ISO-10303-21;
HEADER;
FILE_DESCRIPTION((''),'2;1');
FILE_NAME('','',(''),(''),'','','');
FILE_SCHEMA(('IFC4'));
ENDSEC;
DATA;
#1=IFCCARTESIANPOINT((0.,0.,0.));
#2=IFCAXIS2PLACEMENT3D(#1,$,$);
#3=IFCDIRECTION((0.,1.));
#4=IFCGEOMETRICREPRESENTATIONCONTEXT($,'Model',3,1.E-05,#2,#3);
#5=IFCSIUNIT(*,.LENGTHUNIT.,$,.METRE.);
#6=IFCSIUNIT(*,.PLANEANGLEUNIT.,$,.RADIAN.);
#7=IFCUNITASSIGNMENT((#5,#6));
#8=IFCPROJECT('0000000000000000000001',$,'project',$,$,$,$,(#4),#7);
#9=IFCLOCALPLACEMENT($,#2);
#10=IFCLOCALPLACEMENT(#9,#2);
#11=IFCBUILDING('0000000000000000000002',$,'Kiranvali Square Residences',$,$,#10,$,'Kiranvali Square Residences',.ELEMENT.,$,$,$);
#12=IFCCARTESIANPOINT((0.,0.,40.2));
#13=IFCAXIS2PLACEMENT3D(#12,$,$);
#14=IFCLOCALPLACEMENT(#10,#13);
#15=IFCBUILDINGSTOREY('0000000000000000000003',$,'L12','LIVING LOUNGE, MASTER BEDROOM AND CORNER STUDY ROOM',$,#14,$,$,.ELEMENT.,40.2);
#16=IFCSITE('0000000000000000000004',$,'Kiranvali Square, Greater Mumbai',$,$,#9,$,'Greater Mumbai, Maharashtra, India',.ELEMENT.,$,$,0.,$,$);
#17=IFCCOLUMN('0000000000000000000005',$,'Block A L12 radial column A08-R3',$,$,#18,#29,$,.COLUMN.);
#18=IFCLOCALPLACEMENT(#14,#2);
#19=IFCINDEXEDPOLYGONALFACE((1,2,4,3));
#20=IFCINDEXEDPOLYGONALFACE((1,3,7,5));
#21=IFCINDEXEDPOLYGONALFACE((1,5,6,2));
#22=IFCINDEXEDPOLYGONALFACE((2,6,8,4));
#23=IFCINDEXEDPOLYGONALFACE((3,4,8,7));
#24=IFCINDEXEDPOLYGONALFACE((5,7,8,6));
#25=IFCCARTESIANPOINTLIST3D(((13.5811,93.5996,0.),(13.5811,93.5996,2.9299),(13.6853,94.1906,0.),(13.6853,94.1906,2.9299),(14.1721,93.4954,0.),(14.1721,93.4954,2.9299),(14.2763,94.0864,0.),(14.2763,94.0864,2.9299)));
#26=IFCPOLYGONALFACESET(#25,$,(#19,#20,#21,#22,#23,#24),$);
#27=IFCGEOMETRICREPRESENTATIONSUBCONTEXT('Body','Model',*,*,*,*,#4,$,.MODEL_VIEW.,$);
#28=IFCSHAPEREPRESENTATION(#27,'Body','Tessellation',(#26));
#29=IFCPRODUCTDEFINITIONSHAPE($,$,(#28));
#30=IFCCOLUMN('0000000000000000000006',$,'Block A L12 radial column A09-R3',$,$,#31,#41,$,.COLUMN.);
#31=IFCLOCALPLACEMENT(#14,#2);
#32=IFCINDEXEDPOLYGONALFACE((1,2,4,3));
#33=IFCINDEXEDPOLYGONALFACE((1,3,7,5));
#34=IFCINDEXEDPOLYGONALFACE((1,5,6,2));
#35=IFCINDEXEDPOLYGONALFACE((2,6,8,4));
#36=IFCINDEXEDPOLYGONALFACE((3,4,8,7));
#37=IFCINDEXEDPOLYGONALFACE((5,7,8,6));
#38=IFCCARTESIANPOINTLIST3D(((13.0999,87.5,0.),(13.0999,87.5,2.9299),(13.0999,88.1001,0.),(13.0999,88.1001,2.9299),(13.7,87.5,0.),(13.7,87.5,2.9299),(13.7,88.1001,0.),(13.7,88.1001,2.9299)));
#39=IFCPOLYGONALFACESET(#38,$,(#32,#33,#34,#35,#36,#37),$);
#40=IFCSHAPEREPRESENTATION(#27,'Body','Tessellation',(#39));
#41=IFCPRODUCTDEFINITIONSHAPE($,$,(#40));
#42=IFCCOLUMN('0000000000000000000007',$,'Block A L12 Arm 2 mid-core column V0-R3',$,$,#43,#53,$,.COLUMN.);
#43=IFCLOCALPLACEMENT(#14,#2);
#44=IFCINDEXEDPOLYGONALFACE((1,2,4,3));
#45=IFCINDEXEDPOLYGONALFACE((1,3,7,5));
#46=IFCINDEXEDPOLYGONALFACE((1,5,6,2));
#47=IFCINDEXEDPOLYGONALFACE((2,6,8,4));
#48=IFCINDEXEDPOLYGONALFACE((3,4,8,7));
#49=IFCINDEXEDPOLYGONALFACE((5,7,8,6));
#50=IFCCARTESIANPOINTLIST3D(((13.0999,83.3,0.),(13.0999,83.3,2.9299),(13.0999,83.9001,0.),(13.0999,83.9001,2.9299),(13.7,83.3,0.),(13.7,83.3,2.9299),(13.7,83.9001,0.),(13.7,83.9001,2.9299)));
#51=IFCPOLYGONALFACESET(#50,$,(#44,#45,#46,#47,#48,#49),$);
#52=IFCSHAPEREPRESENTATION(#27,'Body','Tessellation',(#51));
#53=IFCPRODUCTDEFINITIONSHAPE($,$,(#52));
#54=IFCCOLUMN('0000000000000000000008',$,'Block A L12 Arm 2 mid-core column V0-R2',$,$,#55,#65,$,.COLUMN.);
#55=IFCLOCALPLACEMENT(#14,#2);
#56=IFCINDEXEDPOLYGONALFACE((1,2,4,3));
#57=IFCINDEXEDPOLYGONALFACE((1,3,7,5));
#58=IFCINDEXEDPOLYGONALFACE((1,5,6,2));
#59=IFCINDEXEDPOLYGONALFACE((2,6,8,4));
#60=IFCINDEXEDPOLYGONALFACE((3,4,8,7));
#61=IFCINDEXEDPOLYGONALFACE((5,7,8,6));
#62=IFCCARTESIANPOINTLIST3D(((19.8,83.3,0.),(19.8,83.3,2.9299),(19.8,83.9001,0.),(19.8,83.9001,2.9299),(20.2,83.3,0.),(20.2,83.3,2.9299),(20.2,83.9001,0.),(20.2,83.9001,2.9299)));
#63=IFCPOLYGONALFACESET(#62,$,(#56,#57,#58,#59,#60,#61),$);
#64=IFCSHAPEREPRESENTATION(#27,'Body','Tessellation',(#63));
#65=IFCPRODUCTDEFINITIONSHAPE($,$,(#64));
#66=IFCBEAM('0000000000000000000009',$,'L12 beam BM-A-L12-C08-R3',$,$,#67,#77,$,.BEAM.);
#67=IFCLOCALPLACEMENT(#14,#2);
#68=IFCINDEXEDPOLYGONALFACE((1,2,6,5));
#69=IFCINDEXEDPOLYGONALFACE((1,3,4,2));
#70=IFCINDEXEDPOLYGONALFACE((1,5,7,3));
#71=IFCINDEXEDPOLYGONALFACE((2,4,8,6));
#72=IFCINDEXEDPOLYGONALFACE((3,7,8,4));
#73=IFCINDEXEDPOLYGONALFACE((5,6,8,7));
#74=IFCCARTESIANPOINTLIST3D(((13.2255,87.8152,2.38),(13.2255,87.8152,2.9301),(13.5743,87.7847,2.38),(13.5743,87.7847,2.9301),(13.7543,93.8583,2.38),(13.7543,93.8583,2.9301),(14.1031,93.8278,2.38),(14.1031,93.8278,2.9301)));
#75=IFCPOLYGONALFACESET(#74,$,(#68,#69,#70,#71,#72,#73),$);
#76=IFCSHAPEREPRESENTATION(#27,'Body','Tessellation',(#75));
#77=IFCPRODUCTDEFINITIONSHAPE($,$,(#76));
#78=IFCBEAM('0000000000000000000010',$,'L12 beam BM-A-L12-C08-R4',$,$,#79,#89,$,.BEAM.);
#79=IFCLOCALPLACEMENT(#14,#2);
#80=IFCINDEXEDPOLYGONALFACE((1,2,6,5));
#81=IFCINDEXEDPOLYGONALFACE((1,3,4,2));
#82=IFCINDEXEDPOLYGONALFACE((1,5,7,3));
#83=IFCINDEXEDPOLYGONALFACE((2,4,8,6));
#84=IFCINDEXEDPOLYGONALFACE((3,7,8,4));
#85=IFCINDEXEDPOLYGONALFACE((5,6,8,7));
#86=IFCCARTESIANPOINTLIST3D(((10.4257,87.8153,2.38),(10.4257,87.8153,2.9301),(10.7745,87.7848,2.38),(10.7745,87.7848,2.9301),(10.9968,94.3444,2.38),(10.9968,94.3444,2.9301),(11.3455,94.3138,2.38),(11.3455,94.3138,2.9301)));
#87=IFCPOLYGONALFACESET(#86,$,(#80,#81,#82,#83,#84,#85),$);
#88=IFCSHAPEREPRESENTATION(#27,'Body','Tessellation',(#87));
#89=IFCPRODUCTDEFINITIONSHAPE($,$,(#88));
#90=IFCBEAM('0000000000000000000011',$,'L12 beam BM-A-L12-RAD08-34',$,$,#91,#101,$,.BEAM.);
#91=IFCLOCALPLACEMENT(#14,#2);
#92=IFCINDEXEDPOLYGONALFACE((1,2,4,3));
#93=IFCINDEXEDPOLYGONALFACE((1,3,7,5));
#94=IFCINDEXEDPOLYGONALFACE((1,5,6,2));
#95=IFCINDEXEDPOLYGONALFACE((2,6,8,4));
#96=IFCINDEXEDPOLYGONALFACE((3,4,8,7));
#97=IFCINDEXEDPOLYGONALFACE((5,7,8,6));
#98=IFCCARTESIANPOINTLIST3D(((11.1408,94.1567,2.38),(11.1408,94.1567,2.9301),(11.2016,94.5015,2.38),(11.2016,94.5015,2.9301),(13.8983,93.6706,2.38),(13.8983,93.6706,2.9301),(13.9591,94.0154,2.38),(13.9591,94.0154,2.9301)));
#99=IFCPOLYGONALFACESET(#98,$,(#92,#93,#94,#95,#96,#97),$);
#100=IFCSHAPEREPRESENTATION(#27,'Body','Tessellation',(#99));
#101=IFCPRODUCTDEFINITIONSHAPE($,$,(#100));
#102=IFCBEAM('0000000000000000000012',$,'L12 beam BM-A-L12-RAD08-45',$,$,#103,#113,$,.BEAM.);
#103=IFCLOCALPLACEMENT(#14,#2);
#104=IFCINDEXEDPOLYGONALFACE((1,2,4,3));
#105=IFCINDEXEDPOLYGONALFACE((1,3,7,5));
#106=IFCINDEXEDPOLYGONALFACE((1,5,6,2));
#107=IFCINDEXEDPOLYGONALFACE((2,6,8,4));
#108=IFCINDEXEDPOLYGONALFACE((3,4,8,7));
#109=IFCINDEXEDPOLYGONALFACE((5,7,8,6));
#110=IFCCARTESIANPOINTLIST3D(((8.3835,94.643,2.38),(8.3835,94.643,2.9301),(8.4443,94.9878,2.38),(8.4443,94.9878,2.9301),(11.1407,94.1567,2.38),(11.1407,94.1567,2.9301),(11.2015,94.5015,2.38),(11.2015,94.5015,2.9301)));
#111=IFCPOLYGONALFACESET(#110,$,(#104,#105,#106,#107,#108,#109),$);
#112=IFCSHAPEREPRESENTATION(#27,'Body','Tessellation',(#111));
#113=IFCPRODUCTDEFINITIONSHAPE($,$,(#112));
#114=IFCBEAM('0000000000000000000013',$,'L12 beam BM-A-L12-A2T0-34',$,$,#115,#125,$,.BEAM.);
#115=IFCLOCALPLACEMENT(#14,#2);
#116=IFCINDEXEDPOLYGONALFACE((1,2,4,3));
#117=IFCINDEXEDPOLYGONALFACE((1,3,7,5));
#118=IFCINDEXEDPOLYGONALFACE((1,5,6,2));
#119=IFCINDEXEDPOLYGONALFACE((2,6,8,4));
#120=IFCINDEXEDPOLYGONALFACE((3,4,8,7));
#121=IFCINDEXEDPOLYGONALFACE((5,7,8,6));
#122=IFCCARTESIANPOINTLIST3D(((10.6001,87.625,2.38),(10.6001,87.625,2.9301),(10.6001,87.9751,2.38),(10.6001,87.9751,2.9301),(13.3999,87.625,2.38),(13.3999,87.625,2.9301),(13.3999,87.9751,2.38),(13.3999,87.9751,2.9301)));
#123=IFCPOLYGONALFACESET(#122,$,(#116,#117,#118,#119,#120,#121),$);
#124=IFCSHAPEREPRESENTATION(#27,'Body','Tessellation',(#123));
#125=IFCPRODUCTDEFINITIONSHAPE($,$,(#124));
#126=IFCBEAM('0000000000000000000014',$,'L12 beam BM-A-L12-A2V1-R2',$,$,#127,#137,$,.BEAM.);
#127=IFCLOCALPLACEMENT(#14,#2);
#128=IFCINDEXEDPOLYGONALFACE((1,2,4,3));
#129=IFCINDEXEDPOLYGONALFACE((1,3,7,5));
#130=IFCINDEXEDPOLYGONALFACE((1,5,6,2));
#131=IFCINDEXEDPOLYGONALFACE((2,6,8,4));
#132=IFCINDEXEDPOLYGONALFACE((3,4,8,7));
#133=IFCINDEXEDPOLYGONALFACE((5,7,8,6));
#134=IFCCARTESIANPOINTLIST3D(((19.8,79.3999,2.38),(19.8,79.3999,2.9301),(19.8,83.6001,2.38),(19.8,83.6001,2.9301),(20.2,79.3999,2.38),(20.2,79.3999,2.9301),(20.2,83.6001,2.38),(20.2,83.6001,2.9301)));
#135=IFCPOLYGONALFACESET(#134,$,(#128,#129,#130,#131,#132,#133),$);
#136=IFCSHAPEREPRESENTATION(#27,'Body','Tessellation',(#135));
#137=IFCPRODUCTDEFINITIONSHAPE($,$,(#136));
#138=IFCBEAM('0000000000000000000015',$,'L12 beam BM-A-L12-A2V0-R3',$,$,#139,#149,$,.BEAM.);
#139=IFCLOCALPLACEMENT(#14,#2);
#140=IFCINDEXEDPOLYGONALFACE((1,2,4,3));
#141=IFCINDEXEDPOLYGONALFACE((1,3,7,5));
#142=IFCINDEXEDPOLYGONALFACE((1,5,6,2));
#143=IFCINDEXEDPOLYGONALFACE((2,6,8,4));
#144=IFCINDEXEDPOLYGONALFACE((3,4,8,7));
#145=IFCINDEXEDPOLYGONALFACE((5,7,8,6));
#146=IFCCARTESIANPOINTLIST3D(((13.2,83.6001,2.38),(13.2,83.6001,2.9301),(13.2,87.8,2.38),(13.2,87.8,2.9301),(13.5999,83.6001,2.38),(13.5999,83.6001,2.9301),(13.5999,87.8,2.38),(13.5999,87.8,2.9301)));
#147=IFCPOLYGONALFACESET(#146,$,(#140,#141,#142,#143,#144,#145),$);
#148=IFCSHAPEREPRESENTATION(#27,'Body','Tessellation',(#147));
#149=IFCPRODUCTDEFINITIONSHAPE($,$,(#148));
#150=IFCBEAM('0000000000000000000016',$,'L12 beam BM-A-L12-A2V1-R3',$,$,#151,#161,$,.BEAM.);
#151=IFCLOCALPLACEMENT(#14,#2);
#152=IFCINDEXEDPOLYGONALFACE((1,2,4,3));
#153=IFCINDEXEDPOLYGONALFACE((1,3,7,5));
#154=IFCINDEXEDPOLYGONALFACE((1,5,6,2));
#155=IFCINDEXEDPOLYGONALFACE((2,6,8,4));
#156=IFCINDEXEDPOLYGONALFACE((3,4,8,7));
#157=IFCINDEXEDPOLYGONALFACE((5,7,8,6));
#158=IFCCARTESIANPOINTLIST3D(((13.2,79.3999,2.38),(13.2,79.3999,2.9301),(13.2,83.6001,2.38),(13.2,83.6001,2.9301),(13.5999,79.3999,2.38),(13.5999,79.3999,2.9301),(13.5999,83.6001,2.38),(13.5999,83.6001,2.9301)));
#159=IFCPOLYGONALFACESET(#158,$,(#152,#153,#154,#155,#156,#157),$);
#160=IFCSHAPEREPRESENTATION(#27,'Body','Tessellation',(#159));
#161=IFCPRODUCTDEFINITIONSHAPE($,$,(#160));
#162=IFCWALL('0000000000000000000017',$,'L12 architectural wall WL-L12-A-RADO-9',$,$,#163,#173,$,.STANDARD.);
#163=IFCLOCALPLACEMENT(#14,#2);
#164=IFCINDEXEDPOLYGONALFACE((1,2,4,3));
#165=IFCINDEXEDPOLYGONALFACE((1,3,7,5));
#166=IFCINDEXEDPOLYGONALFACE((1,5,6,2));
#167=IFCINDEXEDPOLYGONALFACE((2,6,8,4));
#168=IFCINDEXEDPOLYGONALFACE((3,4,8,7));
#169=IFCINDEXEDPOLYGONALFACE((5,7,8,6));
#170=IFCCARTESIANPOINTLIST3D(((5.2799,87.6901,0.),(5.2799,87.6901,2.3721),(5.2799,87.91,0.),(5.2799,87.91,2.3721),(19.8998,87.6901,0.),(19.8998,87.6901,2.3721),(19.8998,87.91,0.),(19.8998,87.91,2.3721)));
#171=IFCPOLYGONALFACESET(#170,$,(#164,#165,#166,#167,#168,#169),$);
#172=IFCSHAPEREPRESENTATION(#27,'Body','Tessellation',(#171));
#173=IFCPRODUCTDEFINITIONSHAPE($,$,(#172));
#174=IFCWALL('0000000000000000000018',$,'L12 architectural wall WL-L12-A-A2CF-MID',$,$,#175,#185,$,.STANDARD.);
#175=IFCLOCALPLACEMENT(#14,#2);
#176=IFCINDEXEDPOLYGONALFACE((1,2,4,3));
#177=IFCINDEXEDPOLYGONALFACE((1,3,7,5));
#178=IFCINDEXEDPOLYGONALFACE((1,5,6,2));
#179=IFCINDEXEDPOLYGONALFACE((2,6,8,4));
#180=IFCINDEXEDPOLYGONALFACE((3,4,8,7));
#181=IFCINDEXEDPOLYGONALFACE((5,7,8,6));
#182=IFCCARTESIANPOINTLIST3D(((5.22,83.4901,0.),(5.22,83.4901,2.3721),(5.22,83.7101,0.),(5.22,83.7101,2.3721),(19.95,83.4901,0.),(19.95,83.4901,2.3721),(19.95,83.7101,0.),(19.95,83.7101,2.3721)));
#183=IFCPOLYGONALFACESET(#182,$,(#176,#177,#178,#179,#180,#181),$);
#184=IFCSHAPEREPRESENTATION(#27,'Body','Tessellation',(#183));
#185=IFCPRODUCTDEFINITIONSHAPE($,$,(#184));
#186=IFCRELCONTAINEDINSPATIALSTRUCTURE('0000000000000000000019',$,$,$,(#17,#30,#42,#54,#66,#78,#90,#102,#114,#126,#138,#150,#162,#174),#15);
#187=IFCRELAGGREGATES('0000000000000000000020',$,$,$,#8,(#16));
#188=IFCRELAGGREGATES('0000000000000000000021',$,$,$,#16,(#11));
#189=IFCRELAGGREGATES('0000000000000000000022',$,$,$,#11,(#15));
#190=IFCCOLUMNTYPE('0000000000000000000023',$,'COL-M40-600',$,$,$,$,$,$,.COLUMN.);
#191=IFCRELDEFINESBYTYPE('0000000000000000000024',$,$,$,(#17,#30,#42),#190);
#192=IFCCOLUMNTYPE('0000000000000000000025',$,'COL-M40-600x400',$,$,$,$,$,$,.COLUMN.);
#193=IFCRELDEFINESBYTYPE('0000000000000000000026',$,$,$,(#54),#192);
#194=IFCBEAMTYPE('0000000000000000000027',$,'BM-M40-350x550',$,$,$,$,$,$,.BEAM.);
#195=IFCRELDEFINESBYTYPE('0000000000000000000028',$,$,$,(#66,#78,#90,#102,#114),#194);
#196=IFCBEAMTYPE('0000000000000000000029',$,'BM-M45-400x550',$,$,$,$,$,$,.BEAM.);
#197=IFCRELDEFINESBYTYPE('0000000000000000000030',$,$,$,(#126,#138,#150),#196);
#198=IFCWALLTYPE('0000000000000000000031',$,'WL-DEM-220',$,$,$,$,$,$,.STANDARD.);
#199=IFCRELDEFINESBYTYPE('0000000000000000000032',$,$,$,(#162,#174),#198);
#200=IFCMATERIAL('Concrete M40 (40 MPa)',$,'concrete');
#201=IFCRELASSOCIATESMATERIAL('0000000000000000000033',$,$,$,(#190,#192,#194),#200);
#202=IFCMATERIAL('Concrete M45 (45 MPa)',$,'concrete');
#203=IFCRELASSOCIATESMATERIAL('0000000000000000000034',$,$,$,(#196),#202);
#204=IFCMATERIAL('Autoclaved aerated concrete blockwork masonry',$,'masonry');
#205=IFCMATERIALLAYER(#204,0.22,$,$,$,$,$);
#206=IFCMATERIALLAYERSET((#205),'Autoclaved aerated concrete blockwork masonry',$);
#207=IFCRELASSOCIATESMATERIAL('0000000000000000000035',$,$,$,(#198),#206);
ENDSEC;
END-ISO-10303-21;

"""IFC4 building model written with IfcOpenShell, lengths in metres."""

from ifc_helpers import new_model, si_unit, direction, frame, frame_2d, origin, origin_2d, place, context, subcontext, project, spatial, rectangle, extrude, material, layer, layer_set, material_profile, profile_set, type_object, element, save


model = new_model("IFC4")

# Units and contexts
model_context = context("Model", 3, precision=1e-05, world=origin(), true_north=direction((0.0, 1.0)))
body_context = subcontext(model_context, "Body", "Model", "MODEL_VIEW")
ifc_project = project(units=[si_unit("LENGTHUNIT", "METRE"), si_unit("PLANEANGLEUNIT", "RADIAN")], contexts=[model_context])

# Site, building, storey
site_placement = place(None, origin())
site = spatial("IfcSite", under=ifc_project, at=site_placement, Name="Kiranvali Square, Greater Mumbai", LongName="Greater Mumbai, Maharashtra, India", CompositionType="ELEMENT", RefElevation=0.0)
building_placement = place(site_placement, origin())
building = spatial("IfcBuilding", under=site, at=building_placement, Name="Kiranvali Square Residences", LongName="Kiranvali Square Residences", CompositionType="ELEMENT")
storey_placement = place(building_placement, frame((0.0, 0.0, 40.2)))
storey = spatial("IfcBuildingStorey", under=building, at=storey_placement, Name="L12", Description="LIVING LOUNGE, MASTER BEDROOM AND CORNER STUDY ROOM", CompositionType="ELEMENT", Elevation=40.2)

# Columns
ifc_material_1 = material(Name="Concrete M40 (40 MPa)", Category="concrete")
ifc_material_profile_1 = material_profile(ifc_material_1, rectangle(XDim=0.6001, YDim=0.6001, at=origin_2d()), Name="RC 600x600")
ifc_profile_set_1 = profile_set([ifc_material_profile_1], Name="Concrete M40 (40 MPa)")
column_type_1 = type_object("IfcColumnType", Name="COL-M40-600", PredefinedType="COLUMN", material=ifc_profile_set_1)
for number, where, z_axis, x_axis, name in (
    (1, (13.9287, 93.843, 0.0), (0.0, 0.0, 1.0), (0.173648, 0.984808, 0.0), "Block A L12 radial column A08-R3"),
    (2, (13.3999, 87.8, 0.0), (0.0, 0.0, 1.0), (0.0, 1.0, 0.0), "Block A L12 radial column A09-R3"),
    (3, (13.3999, 83.6001, 0.0), (0.0, 0.0, 1.0), (1.0, 0.0, 0.0), "Block A L12 Arm 2 mid-core column V0-R3"),
):
    element("IfcColumn", number, at=place(storey_placement, frame(where, z_axis=z_axis, x_axis=x_axis)), inside=storey, type_object=column_type_1, Name=name, PredefinedType="COLUMN", context=body_context, shape_type="SweptSolid", body=[
        extrude(rectangle(XDim=0.6001, YDim=0.6001, at=origin_2d()), origin(), (0.0, 0.0, 1.0), 2.9299),
    ])
ifc_material_profile_2 = material_profile(ifc_material_1, rectangle(XDim=0.3999, YDim=0.6001, at=origin_2d()), Name="RC 600x400")
ifc_profile_set_2 = profile_set([ifc_material_profile_2], Name="Concrete M40 (40 MPa)")
column_type_2 = type_object("IfcColumnType", Name="COL-M40-600x400", PredefinedType="COLUMN", material=ifc_profile_set_2)
column_placement = place(storey_placement, frame((20.0, 83.6001, 0.0), z_axis=(0.0, 0.0, 1.0), x_axis=(1.0, 0.0, 0.0)))
element("IfcColumn", 4, at=column_placement, inside=storey, type_object=column_type_2, Name="Block A L12 Arm 2 mid-core column V0-R2", PredefinedType="COLUMN", context=body_context, shape_type="SweptSolid", body=[
    extrude(rectangle(XDim=0.3999, YDim=0.6001, at=origin_2d()), origin(), (0.0, 0.0, 1.0), 2.9299),
])

# Beams
ifc_material_profile_3 = material_profile(ifc_material_1, rectangle(XDim=0.3501, YDim=0.55, at=origin_2d()), Name="RC 350x550")
ifc_profile_set_3 = profile_set([ifc_material_profile_3], Name="Concrete M40 (40 MPa)")
beam_type_1 = type_object("IfcBeamType", Name="BM-M40-350x550", PredefinedType="BEAM", material=ifc_profile_set_3)
beam_1_placement = place(storey_placement, frame((13.9287, 93.843, 2.655), z_axis=(-0.087175, -0.996193, 0.0), x_axis=(0.996193, -0.087175, 0.0)))
element("IfcBeam", 5, at=beam_1_placement, inside=storey, type_object=beam_type_1, Name="L12 beam BM-A-L12-C08-R3", PredefinedType="BEAM", context=body_context, shape_type="SweptSolid", body=[
    extrude(rectangle(XDim=0.3501, YDim=0.55, at=origin_2d()), origin(), (0.0, 0.0, 1.0), 6.0662),
])
beam_2_placement = place(storey_placement, frame((11.1711, 94.3291, 2.655), z_axis=(-0.08713, -0.996197, 0.0), x_axis=(0.996197, -0.08713, 0.0)))
element("IfcBeam", 6, at=beam_2_placement, inside=storey, type_object=beam_type_1, Name="L12 beam BM-A-L12-C08-R4", PredefinedType="BEAM", context=body_context, shape_type="SweptSolid", body=[
    extrude(rectangle(XDim=0.3501, YDim=0.55, at=origin_2d()), origin(), (0.0, 0.0, 1.0), 6.554),
])
beam_3_placement = place(storey_placement, frame((13.9287, 93.843, 2.655), z_axis=(-0.984817, 0.173596, 0.0), x_axis=(-0.173596, -0.984817, 0.0)))
element("IfcBeam", 7, at=beam_3_placement, inside=storey, type_object=beam_type_1, Name="L12 beam BM-A-L12-RAD08-34", PredefinedType="BEAM", context=body_context, shape_type="SweptSolid", body=[
    extrude(rectangle(XDim=0.3501, YDim=0.55, at=origin_2d()), origin(), (0.0, 0.0, 1.0), 2.8),
])
for number, where, z_axis, x_axis, name in (
    (8, (11.1711, 94.3291, 2.655), (-0.984799, 0.173696, 0.0), (-0.173696, -0.984799, 0.0), "L12 beam BM-A-L12-RAD08-45"),
    (9, (13.3999, 87.8, 2.655), (-1.0, 0.0, 0.0), (0.0, -1.0, 0.0), "L12 beam BM-A-L12-A2T0-34"),
):
    element("IfcBeam", number, at=place(storey_placement, frame(where, z_axis=z_axis, x_axis=x_axis)), inside=storey, type_object=beam_type_1, Name=name, PredefinedType="BEAM", context=body_context, shape_type="SweptSolid", body=[
        extrude(rectangle(XDim=0.3501, YDim=0.55, at=origin_2d()), origin(), (0.0, 0.0, 1.0), 2.7998),
    ])
ifc_material_2 = material(Name="Concrete M45 (45 MPa)", Category="concrete")
ifc_material_profile_4 = material_profile(ifc_material_2, rectangle(XDim=0.3999, YDim=0.55, at=origin_2d()), Name="RC 400x550")
ifc_profile_set_4 = profile_set([ifc_material_profile_4], Name="Concrete M45 (45 MPa)")
beam_type_2 = type_object("IfcBeamType", Name="BM-M45-400x550", PredefinedType="BEAM", material=ifc_profile_set_4)
beam_4_placement = place(storey_placement, frame((20.0, 83.6001, 2.655), z_axis=(0.0, -1.0, 0.0), x_axis=(1.0, 0.0, 0.0)))
element("IfcBeam", 10, at=beam_4_placement, inside=storey, type_object=beam_type_2, Name="L12 beam BM-A-L12-A2V1-R2", PredefinedType="BEAM", context=body_context, shape_type="SweptSolid", body=[
    extrude(rectangle(XDim=0.3999, YDim=0.55, at=origin_2d()), origin(), (0.0, 0.0, 1.0), 4.2002),
])
beam_5_placement = place(storey_placement, frame((13.3999, 87.8, 2.655), z_axis=(0.0, -1.0, 0.0), x_axis=(1.0, 0.0, 0.0)))
element("IfcBeam", 11, at=beam_5_placement, inside=storey, type_object=beam_type_2, Name="L12 beam BM-A-L12-A2V0-R3", PredefinedType="BEAM", context=body_context, shape_type="SweptSolid", body=[
    extrude(rectangle(XDim=0.3999, YDim=0.55, at=origin_2d()), origin(), (0.0, 0.0, 1.0), 4.2),
])
beam_6_placement = place(storey_placement, frame((13.3999, 83.6001, 2.655), z_axis=(0.0, -1.0, 0.0), x_axis=(1.0, 0.0, 0.0)))
element("IfcBeam", 12, at=beam_6_placement, inside=storey, type_object=beam_type_2, Name="L12 beam BM-A-L12-A2V1-R3", PredefinedType="BEAM", context=body_context, shape_type="SweptSolid", body=[
    extrude(rectangle(XDim=0.3999, YDim=0.55, at=origin_2d()), origin(), (0.0, 0.0, 1.0), 4.2002),
])

# Shared definitions
ifc_material_3 = material(Name="Autoclaved aerated concrete blockwork masonry", Category="masonry")

# Walls
ifc_layer_1 = layer(ifc_material_3, 0.22)
ifc_layer_set_1 = layer_set([ifc_layer_1], Name="Autoclaved aerated concrete blockwork masonry")
wall_type_1 = type_object("IfcWallType", Name="WL-DEM-220", PredefinedType="STANDARD", material=ifc_layer_set_1)
wall_1_placement = place(storey_placement, frame((19.8999, 87.8, 0.0), z_axis=(0.0, 0.0, 1.0), x_axis=(-1.0, 0.0, 0.0)))
element("IfcWall", 13, at=wall_1_placement, inside=storey, type_object=wall_type_1, Name="L12 architectural wall WL-L12-A-RADO-9", PredefinedType="STANDARD", context=body_context, shape_type="SweptSolid", body=[
    extrude(rectangle(XDim=14.6199, YDim=0.22, at=frame_2d((7.3101, 0.0))), origin(), (0.0, 0.0, 1.0), 2.3721),
])
wall_2_placement = place(storey_placement, frame((19.95, 83.6001, 0.0), z_axis=(0.0, 0.0, 1.0), x_axis=(-1.0, 0.0, 0.0)))
element("IfcWall", 14, at=wall_2_placement, inside=storey, type_object=wall_type_1, Name="L12 architectural wall WL-L12-A-A2CF-MID", PredefinedType="STANDARD", context=body_context, shape_type="SweptSolid", body=[
    extrude(rectangle(XDim=14.73, YDim=0.22, at=frame_2d((7.365, 0.0))), origin(), (0.0, 0.0, 1.0), 2.3721),
])

save(model, "model.ifc")
